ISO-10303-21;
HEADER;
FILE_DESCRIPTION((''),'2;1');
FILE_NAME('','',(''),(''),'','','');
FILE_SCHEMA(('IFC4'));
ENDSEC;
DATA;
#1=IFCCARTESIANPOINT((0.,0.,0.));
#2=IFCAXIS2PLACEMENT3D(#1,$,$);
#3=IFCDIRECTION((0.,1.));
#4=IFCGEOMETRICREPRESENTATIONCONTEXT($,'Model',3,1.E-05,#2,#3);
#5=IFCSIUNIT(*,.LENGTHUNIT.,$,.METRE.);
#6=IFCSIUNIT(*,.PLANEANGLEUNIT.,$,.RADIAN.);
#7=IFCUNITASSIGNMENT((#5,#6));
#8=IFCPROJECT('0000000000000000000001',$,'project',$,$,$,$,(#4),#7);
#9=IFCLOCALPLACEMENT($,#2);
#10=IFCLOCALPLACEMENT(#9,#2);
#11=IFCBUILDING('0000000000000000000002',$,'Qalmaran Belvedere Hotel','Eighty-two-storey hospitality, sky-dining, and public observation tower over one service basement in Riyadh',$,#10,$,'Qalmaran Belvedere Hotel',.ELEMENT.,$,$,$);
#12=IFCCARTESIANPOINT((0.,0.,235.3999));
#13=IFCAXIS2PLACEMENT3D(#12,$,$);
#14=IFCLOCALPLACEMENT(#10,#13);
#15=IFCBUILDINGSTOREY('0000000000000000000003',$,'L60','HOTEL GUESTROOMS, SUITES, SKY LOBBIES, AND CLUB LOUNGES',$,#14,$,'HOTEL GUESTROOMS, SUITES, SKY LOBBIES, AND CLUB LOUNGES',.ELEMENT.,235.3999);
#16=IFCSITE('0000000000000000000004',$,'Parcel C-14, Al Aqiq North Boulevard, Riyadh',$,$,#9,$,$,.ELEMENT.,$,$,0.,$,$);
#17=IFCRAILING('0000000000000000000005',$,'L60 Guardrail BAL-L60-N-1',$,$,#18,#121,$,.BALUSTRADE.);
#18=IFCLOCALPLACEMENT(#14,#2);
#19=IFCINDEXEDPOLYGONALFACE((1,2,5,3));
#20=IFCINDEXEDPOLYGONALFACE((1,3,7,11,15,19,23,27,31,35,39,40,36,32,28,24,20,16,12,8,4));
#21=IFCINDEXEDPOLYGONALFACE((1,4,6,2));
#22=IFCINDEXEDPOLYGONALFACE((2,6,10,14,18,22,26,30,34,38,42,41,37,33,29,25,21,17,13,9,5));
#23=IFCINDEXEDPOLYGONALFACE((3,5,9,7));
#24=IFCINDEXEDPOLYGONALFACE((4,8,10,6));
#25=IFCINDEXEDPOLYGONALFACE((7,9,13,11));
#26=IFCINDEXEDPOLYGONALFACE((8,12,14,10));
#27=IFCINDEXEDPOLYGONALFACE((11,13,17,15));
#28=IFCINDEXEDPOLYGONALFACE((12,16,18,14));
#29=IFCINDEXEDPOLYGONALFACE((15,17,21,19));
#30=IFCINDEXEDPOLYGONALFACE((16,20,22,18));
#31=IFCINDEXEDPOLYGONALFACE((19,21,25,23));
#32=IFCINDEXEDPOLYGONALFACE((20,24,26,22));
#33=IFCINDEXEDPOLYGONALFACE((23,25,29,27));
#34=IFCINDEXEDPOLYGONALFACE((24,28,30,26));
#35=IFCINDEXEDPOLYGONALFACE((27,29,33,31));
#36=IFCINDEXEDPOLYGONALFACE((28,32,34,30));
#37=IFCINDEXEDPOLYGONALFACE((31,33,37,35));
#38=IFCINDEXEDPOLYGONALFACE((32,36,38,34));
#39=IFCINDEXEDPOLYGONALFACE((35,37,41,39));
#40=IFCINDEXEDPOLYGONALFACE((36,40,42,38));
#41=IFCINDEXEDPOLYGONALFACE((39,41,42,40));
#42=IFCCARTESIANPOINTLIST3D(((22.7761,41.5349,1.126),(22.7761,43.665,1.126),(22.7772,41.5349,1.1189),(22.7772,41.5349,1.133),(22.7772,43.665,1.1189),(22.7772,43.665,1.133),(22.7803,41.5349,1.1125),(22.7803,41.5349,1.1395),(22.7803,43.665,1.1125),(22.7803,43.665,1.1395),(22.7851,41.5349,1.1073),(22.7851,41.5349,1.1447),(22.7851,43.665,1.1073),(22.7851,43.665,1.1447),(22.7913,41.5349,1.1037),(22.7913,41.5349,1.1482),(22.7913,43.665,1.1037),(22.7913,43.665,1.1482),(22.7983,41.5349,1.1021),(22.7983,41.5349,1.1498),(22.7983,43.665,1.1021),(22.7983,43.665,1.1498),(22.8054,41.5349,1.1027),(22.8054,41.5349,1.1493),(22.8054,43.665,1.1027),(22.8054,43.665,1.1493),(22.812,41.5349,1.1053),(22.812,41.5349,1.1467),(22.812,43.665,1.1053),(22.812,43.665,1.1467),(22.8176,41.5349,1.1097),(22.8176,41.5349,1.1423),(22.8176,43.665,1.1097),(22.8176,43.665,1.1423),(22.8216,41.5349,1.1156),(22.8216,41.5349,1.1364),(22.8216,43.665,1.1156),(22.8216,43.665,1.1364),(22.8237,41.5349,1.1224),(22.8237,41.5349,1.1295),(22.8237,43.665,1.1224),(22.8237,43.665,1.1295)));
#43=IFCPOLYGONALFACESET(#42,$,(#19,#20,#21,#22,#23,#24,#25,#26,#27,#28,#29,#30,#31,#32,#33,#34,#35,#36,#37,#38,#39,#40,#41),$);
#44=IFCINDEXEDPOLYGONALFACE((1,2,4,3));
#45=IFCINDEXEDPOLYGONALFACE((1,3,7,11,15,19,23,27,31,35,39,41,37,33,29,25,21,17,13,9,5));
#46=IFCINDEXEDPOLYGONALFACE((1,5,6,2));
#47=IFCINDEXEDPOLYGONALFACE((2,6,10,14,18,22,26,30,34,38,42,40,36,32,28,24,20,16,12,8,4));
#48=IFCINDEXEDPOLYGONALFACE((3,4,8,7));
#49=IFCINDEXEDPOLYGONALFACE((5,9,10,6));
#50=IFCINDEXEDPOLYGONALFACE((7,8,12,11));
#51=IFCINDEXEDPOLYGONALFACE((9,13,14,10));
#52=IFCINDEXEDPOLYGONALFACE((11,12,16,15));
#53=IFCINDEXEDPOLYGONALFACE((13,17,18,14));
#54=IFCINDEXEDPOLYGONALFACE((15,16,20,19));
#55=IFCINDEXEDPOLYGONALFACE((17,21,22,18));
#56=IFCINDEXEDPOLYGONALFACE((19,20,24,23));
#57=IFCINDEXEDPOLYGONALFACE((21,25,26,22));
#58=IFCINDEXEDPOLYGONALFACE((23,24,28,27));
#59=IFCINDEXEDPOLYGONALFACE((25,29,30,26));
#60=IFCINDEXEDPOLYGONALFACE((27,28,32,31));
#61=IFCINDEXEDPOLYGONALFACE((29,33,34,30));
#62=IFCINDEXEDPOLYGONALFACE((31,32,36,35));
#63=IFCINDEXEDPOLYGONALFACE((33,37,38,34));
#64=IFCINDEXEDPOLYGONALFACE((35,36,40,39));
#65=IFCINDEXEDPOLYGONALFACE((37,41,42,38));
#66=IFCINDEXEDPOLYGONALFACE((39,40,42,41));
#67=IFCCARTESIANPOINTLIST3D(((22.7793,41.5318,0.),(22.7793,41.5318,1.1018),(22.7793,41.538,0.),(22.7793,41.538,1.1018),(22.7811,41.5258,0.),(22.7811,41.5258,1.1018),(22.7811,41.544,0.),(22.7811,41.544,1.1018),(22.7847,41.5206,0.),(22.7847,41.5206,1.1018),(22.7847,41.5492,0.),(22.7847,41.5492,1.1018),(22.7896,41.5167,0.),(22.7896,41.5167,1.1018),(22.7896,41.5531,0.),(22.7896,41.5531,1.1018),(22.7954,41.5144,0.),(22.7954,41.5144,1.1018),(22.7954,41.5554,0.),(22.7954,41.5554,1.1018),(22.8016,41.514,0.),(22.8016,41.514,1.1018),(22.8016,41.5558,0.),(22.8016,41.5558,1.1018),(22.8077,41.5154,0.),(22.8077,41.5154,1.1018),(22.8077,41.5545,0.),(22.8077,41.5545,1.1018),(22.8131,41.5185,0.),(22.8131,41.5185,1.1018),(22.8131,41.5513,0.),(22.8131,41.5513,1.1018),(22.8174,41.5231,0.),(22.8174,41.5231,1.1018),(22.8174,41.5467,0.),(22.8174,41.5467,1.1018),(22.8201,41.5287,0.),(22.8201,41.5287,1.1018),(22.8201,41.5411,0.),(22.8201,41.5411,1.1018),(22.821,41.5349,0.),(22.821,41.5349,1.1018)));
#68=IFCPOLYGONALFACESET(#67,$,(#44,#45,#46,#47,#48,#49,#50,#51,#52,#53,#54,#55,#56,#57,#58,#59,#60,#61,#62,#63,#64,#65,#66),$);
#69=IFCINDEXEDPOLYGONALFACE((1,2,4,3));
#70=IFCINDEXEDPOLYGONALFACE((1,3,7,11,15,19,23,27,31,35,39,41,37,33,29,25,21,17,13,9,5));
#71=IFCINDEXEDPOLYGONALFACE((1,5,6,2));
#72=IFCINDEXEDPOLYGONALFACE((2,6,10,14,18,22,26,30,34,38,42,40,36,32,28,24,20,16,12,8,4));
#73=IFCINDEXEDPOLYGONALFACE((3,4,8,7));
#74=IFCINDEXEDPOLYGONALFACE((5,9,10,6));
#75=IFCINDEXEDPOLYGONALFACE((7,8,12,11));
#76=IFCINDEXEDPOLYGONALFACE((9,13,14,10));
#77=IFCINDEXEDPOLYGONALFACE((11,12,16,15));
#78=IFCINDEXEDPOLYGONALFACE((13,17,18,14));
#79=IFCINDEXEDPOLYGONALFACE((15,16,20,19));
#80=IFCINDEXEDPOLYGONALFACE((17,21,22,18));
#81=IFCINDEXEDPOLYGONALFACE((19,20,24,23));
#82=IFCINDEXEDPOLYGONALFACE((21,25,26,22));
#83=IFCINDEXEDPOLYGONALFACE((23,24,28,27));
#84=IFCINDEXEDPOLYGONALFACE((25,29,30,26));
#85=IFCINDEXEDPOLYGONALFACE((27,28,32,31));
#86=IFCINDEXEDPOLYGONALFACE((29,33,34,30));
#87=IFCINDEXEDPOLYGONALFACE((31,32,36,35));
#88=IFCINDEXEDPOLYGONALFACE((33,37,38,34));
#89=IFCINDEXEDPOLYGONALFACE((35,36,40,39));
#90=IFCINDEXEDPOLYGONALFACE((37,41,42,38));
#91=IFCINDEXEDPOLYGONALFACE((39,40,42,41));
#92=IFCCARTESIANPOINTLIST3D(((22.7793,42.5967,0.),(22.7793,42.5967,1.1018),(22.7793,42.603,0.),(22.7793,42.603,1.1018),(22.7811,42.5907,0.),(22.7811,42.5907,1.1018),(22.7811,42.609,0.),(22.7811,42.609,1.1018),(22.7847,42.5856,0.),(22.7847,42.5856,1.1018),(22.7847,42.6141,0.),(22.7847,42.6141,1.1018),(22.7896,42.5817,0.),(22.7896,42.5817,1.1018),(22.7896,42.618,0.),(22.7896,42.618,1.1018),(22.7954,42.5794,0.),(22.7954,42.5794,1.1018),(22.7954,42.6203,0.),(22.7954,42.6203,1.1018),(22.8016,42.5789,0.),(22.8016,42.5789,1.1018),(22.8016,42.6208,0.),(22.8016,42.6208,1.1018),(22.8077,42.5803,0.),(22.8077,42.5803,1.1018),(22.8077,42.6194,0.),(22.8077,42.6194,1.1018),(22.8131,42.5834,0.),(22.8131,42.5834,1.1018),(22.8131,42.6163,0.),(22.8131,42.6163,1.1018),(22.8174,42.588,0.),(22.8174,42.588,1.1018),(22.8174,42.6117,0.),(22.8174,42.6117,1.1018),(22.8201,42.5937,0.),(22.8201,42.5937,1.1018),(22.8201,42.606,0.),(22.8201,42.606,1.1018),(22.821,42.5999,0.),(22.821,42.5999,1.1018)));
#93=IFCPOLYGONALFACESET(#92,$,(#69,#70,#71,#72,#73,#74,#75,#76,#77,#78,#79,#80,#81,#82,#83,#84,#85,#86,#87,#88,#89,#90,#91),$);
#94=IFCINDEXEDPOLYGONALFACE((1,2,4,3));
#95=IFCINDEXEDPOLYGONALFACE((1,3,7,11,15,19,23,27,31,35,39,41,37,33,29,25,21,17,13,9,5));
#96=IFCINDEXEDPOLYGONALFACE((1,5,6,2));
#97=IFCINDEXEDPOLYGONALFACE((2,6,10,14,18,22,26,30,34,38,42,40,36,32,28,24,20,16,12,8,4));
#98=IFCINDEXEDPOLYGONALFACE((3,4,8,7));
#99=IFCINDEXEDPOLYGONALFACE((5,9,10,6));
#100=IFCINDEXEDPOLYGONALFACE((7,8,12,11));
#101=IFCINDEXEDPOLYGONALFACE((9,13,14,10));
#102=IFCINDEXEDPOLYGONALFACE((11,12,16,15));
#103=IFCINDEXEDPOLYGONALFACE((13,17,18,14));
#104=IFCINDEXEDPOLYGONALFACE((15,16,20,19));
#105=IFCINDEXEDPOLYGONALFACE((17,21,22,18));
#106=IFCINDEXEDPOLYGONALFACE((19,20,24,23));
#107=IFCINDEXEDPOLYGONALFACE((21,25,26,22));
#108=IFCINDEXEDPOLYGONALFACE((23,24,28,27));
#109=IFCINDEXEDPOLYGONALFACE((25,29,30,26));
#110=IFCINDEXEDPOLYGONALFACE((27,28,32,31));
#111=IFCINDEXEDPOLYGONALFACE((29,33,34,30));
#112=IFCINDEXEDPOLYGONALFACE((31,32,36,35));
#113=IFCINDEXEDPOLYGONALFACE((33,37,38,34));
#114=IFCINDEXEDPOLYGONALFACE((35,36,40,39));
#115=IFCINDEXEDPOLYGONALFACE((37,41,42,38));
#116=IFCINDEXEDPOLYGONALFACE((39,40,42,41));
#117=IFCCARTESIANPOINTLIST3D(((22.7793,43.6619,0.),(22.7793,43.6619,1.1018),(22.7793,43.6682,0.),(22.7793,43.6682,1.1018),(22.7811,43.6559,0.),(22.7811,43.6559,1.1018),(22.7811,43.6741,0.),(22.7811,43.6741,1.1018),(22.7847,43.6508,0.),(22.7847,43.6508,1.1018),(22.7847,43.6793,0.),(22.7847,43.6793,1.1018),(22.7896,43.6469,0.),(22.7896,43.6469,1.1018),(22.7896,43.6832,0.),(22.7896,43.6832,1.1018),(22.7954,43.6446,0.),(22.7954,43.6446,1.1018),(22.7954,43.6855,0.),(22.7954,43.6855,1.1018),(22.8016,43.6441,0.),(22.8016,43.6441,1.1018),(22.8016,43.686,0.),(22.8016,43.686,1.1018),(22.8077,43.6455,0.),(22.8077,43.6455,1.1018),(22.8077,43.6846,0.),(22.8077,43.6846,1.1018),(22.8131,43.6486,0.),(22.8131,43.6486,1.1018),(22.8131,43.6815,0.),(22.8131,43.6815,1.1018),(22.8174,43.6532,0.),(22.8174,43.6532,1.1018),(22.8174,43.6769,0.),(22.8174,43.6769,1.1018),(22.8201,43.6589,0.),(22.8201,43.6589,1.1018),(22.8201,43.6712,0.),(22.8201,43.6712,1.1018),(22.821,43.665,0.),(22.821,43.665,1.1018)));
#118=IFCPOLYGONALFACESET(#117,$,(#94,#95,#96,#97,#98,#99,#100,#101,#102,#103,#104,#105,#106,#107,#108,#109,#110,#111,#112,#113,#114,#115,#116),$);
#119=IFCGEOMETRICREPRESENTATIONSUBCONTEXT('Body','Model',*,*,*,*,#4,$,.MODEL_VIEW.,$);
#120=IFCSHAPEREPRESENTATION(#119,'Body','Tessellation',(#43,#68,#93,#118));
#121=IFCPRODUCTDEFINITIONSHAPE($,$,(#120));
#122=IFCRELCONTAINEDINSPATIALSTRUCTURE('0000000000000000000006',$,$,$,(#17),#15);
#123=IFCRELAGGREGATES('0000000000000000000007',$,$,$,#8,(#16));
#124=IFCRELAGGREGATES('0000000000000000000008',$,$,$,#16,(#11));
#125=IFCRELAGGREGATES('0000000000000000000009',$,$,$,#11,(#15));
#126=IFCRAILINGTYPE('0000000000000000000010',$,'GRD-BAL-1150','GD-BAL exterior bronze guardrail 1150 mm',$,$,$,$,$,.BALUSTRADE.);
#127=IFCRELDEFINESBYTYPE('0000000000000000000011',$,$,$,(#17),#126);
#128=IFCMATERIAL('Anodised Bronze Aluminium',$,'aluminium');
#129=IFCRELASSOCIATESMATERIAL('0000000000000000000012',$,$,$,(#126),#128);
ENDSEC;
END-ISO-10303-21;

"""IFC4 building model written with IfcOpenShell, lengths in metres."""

from ifc_helpers import new_model, si_unit, direction, frame, origin, origin_2d, place, context, subcontext, project, spatial, circle, extrude, material, type_object, element, save


model = new_model("IFC4")

# Units and contexts
model_context = context("Model", 3, precision=1e-05, world=origin(), true_north=direction((0.0, 1.0)))
body_context = subcontext(model_context, "Body", "Model", "MODEL_VIEW")
ifc_project = project(units=[si_unit("LENGTHUNIT", "METRE"), si_unit("PLANEANGLEUNIT", "RADIAN")], contexts=[model_context])

# Site, building, storey
site_placement = place(None, origin())
site = spatial("IfcSite", under=ifc_project, at=site_placement, Name="Parcel C-14, Al Aqiq North Boulevard, Riyadh", CompositionType="ELEMENT", RefElevation=0.0)
building_placement = place(site_placement, origin())
building = spatial("IfcBuilding", under=site, at=building_placement, Name="Qalmaran Belvedere Hotel", Description="Eighty-two-storey hospitality, sky-dining, and public observation tower over one service basement in Riyadh", LongName="Qalmaran Belvedere Hotel", CompositionType="ELEMENT")
storey_placement = place(building_placement, frame((0.0, 0.0, 235.3999)))
storey = spatial("IfcBuildingStorey", under=building, at=storey_placement, Name="L60", Description="HOTEL GUESTROOMS, SUITES, SKY LOBBIES, AND CLUB LOUNGES", LongName="HOTEL GUESTROOMS, SUITES, SKY LOBBIES, AND CLUB LOUNGES", CompositionType="ELEMENT", Elevation=235.3999)

# Shared definitions
ifc_material_1 = material(Name="Anodised Bronze Aluminium", Category="aluminium")

# Railing
railing_type = type_object("IfcRailingType", Name="GRD-BAL-1150", Description="GD-BAL exterior bronze guardrail 1150 mm", PredefinedType="BALUSTRADE", material=ifc_material_1)
railing_1_placement = place(storey_placement, frame((22.8, 41.5349, 0.0)))
element("IfcRailing", 1, at=railing_1_placement, inside=storey, type_object=railing_type, Name="L60 Guardrail BAL-L60-N-1", PredefinedType="BALUSTRADE", context=body_context, shape_type="SweptSolid", body=[
    extrude(circle(Radius=0.0239, at=origin_2d()), frame((0.0, 0.0, 1.126), z_axis=(0.0, 1.0, 0.0), x_axis=(-1.0, 0.0, 0.0)), (0.0, 0.0, 1.0), 2.1301),
    extrude(circle(Radius=0.021, at=origin_2d()), origin(), (0.0, 0.0, 1.0), 1.1018),
    extrude(circle(Radius=0.021, at=origin_2d()), frame((0.0, 1.0649, 0.0)), (0.0, 0.0, 1.0), 1.1018),
    extrude(circle(Radius=0.021, at=origin_2d()), frame((0.0, 2.1301, 0.0)), (0.0, 0.0, 1.0), 1.1018),
])

save(model, "model.ifc")
